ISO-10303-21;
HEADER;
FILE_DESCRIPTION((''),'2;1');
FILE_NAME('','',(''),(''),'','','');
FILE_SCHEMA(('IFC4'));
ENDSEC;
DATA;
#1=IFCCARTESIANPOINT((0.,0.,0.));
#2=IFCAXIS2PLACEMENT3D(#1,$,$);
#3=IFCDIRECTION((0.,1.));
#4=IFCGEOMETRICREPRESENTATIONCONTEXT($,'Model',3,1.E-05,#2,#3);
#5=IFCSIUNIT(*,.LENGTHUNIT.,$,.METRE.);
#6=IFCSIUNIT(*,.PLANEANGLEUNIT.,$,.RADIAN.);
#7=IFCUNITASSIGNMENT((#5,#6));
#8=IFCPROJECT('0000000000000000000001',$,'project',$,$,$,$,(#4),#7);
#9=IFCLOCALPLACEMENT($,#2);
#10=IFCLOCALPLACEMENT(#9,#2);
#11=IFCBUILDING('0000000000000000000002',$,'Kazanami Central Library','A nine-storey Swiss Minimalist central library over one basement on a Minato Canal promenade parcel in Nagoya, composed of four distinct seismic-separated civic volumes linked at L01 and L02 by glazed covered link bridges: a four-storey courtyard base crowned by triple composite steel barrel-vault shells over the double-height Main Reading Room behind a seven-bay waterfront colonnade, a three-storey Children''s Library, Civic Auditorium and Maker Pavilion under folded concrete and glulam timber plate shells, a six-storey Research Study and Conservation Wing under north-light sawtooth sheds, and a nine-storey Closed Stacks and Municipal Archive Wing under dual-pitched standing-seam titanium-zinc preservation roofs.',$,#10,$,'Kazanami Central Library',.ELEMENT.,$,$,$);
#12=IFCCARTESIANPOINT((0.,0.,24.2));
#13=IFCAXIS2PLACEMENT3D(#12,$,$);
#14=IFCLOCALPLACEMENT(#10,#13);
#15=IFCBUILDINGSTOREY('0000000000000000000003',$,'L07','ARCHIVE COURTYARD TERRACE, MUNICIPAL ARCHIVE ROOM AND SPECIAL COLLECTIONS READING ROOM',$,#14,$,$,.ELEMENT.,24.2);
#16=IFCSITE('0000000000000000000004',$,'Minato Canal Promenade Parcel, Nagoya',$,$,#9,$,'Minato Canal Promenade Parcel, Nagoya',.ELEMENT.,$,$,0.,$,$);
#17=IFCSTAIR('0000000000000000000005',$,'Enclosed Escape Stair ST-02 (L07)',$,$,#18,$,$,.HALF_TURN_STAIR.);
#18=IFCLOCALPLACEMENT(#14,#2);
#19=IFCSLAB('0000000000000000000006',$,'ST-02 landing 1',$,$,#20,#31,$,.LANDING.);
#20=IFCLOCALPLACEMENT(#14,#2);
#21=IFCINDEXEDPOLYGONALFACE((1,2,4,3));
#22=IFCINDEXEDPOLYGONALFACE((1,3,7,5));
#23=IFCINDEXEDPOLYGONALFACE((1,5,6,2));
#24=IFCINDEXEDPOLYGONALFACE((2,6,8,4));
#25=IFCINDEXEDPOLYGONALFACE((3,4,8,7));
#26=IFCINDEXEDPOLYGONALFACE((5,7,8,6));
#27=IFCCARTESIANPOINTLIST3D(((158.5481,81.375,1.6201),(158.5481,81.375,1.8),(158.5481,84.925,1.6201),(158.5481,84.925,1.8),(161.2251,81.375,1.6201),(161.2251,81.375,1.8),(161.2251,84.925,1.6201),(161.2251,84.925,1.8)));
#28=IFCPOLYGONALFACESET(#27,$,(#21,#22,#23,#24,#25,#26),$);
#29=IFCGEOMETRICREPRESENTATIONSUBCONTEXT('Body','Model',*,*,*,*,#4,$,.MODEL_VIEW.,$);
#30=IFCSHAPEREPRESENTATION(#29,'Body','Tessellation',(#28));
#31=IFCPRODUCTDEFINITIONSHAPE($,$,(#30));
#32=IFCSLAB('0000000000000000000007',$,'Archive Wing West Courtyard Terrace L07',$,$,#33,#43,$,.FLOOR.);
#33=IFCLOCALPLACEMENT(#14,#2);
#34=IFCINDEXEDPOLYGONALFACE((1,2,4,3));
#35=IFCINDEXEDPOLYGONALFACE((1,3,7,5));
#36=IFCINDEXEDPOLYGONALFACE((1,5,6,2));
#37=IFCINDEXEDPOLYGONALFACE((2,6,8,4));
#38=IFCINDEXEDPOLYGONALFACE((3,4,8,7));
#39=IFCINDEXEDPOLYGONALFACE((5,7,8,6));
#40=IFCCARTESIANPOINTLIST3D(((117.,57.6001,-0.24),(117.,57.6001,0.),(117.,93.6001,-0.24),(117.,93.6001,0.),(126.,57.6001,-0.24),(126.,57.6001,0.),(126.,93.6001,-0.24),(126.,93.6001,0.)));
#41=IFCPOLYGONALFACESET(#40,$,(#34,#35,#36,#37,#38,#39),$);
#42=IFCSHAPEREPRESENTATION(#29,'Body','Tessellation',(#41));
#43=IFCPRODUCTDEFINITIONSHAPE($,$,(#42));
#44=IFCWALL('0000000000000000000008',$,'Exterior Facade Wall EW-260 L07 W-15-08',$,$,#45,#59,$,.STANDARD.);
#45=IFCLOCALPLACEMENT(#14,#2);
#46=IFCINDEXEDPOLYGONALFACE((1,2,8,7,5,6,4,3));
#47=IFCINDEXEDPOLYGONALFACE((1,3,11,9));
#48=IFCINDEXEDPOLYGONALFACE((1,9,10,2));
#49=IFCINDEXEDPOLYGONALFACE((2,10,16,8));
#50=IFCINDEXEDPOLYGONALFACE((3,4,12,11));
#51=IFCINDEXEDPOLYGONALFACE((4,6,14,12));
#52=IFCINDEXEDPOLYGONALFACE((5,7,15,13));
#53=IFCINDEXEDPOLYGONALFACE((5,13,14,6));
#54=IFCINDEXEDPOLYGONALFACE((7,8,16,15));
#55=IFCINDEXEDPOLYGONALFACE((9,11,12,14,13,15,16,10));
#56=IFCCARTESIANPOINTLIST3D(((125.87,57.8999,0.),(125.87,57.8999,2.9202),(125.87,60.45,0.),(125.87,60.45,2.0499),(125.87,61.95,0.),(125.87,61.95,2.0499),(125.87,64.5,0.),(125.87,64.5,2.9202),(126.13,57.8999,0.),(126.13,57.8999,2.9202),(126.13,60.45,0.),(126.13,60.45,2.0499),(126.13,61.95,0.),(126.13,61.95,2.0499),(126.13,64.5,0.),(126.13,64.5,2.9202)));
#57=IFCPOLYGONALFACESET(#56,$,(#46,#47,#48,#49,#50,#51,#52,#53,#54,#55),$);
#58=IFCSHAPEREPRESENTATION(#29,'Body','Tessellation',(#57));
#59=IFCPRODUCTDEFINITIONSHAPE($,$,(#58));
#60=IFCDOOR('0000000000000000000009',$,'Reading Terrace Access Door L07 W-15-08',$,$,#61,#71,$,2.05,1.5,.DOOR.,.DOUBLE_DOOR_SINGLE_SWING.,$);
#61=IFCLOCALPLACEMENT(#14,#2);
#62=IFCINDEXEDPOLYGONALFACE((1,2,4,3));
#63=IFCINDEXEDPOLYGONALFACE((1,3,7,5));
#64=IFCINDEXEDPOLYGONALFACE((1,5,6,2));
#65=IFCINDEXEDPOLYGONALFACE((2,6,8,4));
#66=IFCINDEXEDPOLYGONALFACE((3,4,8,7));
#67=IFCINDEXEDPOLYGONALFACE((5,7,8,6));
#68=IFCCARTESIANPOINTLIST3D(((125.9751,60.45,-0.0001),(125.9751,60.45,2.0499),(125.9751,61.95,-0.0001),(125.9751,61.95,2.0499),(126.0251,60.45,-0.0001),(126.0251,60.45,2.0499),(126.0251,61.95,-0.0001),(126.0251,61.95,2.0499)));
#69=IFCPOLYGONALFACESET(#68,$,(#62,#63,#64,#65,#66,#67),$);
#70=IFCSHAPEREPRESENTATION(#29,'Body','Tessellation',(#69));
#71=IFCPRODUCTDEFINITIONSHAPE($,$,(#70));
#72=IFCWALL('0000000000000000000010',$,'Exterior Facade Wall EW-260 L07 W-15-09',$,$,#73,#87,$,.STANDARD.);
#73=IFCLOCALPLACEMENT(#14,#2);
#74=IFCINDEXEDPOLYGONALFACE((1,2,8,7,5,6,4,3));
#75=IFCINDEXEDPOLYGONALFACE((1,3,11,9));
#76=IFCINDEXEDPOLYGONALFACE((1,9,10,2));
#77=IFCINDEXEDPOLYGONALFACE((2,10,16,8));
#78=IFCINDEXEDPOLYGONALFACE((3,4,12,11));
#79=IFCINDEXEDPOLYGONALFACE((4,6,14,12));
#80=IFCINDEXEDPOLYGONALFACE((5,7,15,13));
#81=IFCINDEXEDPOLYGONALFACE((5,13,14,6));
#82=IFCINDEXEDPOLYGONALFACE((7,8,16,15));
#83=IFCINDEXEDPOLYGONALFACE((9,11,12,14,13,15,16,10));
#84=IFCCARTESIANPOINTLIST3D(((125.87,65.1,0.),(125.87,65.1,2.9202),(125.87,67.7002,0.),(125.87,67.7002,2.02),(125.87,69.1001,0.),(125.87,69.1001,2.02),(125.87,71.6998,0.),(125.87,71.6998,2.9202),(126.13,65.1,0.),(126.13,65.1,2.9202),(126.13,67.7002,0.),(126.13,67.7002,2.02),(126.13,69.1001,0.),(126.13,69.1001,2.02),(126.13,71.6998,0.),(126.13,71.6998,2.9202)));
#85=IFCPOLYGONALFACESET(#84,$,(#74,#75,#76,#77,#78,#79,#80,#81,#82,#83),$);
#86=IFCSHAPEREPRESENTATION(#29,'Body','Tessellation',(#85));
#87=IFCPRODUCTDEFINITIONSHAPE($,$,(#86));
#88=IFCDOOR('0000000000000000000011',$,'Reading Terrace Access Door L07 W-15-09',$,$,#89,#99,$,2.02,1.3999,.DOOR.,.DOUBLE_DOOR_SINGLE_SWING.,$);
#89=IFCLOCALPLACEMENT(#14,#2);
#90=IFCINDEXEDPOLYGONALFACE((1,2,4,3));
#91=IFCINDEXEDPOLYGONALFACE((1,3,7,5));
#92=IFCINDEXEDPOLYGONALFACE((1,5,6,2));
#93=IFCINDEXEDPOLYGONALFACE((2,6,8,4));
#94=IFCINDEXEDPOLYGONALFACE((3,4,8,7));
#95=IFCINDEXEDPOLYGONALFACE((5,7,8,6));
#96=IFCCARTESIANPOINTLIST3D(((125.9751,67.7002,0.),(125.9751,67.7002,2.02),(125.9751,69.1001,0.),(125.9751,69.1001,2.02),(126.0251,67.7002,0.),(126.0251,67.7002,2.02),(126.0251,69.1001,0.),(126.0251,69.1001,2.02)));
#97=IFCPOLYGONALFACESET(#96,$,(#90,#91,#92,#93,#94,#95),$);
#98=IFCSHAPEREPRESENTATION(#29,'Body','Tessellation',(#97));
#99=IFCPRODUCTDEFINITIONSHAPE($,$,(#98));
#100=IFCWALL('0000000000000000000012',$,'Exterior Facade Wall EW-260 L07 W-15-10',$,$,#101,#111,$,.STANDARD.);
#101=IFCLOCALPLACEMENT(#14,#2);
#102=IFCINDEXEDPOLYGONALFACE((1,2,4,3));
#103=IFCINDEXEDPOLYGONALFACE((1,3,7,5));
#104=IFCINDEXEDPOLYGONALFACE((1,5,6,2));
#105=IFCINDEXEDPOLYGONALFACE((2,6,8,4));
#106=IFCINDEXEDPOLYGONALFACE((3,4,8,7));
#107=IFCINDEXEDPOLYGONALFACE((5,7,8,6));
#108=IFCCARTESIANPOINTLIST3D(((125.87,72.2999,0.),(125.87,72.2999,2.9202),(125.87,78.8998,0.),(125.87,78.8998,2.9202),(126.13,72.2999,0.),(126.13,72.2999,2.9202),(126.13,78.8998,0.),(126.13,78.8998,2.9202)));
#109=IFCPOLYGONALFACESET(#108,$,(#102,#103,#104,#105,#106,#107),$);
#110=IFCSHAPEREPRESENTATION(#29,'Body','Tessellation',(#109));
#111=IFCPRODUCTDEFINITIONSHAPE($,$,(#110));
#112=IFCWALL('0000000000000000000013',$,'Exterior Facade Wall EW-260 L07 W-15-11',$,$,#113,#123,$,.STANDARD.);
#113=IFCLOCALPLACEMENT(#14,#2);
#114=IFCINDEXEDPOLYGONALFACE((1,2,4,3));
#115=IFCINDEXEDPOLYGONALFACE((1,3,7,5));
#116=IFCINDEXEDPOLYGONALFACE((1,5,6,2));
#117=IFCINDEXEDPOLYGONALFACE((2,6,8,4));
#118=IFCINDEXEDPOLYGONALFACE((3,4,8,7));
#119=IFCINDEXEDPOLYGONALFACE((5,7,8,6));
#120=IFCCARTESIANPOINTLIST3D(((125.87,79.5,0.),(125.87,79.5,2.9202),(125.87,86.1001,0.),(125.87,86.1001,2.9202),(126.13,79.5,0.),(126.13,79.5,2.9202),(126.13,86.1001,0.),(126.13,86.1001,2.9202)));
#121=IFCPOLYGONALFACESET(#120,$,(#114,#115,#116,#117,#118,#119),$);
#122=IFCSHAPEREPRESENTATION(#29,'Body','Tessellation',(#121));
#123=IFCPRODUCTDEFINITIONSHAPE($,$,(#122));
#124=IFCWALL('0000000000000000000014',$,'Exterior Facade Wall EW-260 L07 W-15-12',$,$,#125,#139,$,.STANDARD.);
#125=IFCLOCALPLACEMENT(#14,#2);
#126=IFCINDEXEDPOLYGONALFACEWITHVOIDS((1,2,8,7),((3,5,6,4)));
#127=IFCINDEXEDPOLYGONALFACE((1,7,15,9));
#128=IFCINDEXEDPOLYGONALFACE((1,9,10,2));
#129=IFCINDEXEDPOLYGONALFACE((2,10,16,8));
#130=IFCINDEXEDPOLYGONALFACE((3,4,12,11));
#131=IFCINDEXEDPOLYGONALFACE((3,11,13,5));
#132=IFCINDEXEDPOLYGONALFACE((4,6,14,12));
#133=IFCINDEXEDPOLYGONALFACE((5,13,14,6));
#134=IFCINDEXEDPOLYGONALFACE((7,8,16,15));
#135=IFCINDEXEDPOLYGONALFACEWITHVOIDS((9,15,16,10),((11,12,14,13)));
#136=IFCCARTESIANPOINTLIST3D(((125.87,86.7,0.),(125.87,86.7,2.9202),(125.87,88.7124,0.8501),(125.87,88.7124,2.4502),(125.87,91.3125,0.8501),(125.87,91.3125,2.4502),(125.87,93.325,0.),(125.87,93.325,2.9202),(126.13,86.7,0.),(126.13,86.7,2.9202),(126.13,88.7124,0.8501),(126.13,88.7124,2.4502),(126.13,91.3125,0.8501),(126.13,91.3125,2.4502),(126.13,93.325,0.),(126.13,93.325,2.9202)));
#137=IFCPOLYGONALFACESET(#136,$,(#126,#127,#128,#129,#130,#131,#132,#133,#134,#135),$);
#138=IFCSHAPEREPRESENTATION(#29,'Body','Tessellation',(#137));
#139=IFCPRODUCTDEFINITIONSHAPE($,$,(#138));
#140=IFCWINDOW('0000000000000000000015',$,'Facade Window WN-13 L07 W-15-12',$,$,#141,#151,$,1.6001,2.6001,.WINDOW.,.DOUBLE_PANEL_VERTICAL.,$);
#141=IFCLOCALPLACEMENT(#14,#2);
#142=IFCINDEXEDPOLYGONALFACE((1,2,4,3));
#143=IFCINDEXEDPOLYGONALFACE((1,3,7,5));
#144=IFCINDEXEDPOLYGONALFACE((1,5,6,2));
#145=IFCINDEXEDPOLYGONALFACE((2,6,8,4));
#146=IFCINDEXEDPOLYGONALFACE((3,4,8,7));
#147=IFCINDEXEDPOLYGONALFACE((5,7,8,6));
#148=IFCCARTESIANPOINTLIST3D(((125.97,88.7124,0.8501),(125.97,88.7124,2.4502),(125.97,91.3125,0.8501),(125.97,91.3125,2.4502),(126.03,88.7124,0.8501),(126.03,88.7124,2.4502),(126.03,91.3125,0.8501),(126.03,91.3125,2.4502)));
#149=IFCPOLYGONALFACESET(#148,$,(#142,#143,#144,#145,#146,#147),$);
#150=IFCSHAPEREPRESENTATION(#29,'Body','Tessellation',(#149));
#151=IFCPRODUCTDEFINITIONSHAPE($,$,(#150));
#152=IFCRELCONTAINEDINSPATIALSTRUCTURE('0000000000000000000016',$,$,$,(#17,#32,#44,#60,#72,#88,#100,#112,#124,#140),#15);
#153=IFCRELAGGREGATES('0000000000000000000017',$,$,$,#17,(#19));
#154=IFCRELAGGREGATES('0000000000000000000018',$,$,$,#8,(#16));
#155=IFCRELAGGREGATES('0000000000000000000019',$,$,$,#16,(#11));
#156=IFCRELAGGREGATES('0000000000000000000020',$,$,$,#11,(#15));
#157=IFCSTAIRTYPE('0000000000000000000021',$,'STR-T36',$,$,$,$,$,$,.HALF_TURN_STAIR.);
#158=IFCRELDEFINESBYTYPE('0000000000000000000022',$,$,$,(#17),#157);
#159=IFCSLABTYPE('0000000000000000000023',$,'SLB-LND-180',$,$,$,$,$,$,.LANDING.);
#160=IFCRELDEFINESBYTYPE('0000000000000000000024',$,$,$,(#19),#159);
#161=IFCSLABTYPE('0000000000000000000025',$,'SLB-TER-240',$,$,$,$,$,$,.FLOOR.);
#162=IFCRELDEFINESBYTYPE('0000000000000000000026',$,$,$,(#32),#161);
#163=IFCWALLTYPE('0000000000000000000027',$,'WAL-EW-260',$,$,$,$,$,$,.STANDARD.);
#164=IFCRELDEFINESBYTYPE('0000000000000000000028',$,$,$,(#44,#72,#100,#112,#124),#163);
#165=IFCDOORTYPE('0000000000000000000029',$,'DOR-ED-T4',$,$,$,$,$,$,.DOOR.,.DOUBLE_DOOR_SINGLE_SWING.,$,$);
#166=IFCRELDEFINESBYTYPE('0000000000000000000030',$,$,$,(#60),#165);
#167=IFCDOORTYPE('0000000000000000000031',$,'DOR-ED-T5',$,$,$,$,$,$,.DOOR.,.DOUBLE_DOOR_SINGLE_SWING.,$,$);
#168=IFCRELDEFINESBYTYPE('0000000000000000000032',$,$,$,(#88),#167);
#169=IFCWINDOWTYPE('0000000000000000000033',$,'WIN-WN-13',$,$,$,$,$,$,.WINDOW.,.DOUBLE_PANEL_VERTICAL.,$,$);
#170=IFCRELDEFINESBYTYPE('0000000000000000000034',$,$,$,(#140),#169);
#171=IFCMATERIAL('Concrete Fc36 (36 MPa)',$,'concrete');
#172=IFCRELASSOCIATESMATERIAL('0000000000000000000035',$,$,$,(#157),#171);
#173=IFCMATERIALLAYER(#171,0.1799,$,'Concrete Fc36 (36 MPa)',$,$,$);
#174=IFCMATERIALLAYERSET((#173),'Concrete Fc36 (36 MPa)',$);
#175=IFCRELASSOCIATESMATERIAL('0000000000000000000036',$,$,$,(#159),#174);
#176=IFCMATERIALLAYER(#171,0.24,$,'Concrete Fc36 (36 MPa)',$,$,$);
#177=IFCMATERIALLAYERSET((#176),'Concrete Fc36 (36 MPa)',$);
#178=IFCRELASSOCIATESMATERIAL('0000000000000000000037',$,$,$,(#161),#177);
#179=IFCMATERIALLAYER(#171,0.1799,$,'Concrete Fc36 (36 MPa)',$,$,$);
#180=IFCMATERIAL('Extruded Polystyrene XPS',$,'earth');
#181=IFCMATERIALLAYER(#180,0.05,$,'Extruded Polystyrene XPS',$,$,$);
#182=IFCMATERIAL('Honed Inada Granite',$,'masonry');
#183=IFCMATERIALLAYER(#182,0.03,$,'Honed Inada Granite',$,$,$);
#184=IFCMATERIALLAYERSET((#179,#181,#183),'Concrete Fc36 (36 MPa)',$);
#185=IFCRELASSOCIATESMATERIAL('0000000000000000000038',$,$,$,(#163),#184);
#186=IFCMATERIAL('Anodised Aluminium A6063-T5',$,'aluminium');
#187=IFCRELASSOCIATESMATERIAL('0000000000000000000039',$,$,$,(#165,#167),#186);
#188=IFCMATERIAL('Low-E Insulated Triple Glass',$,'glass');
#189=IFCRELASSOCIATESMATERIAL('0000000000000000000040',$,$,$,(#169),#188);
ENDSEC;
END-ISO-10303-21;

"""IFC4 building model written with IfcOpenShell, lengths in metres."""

from ifc_helpers import new_model, si_unit, direction, frame, frame_2d, origin, place, context, subcontext, project, spatial, polyline, rectangle, outline, extrude, material, layer, layer_set, type_object, element, fill, aggregate, save


model = new_model("IFC4")

# Units and contexts
model_context = context("Model", 3, precision=1e-05, world=origin(), true_north=direction((0.0, 1.0)))
body_context = subcontext(model_context, "Body", "Model", "MODEL_VIEW")
ifc_project = project(units=[si_unit("LENGTHUNIT", "METRE"), si_unit("PLANEANGLEUNIT", "RADIAN")], contexts=[model_context])

# Site, building, storey
site_placement = place(None, origin())
site = spatial("IfcSite", under=ifc_project, at=site_placement, Name="Minato Canal Promenade Parcel, Nagoya", LongName="Minato Canal Promenade Parcel, Nagoya", CompositionType="ELEMENT", RefElevation=0.0)
building_placement = place(site_placement, origin())
building = spatial("IfcBuilding", under=site, at=building_placement, Name="Kazanami Central Library", Description="A nine-storey Swiss Minimalist central library over one basement on a Minato Canal promenade parcel in Nagoya, composed of four distinct seismic-separated civic volumes linked at L01 and L02 by glazed covered link bridges: a four-storey courtyard base crowned by triple composite steel barrel-vault shells over the double-height Main Reading Room behind a seven-bay waterfront colonnade, a three-storey Children's Library, Civic Auditorium and Maker Pavilion under folded concrete and glulam timber plate shells, a six-storey Research Study and Conservation Wing under north-light sawtooth sheds, and a nine-storey Closed Stacks and Municipal Archive Wing under dual-pitched standing-seam titanium-zinc preservation roofs.", LongName="Kazanami Central Library", CompositionType="ELEMENT")
storey_placement = place(building_placement, frame((0.0, 0.0, 24.2)))
storey = spatial("IfcBuildingStorey", under=building, at=storey_placement, Name="L07", Description="ARCHIVE COURTYARD TERRACE, MUNICIPAL ARCHIVE ROOM AND SPECIAL COLLECTIONS READING ROOM", CompositionType="ELEMENT", Elevation=24.2)

# Shared definitions
ifc_material_1 = material(Name="Concrete Fc36 (36 MPa)", Category="concrete")

# Stair, slab
stair_type = type_object("IfcStairType", Name="STR-T36", PredefinedType="HALF_TURN_STAIR", material=ifc_material_1)
ifc_layer_1 = layer(ifc_material_1, 0.1799, Name="Concrete Fc36 (36 MPa)")
ifc_layer_set_1 = layer_set([ifc_layer_1], Name="Concrete Fc36 (36 MPa)")
slab_type_1 = type_object("IfcSlabType", Name="SLB-LND-180", PredefinedType="LANDING", material=ifc_layer_set_1)
stair_1_placement = place(storey_placement, origin())
stair_1 = element("IfcStair", 1, at=stair_1_placement, inside=storey, type_object=stair_type, Name="Enclosed Escape Stair ST-02 (L07)", PredefinedType="HALF_TURN_STAIR")
slab_1_placement = place(storey_placement, frame((0.0, 0.0, 1.6201)))
slab_1 = element("IfcSlab", 2, at=slab_1_placement, type_object=slab_type_1, Name="ST-02 landing 1", PredefinedType="LANDING", context=body_context, shape_type="SweptSolid", body=[
    extrude(outline(polyline([(158.5481, 81.375), (161.2251, 81.375), (161.2251, 84.925), (158.5481, 84.925), (158.5481, 81.375)])), origin(), (0.0, 0.0, 1.0), 0.1799),
])
aggregate(stair_1, [slab_1])

# Slab
ifc_layer_2 = layer(ifc_material_1, 0.24, Name="Concrete Fc36 (36 MPa)")
ifc_layer_set_2 = layer_set([ifc_layer_2], Name="Concrete Fc36 (36 MPa)")
slab_type_2 = type_object("IfcSlabType", Name="SLB-TER-240", PredefinedType="FLOOR", material=ifc_layer_set_2)
slab_2_placement = place(storey_placement, frame((0.0, 0.0, -0.24)))
element("IfcSlab", 3, at=slab_2_placement, inside=storey, type_object=slab_type_2, Name="Archive Wing West Courtyard Terrace L07", PredefinedType="FLOOR", context=body_context, shape_type="SweptSolid", body=[
    extrude(outline(polyline([(117.0, 57.6001), (126.0, 57.6001), (126.0, 93.6001), (117.0, 93.6001), (117.0, 57.6001)])), origin(), (0.0, 0.0, 1.0), 0.24),
])

# Walls, openings, doors
ifc_layer_3 = layer(ifc_material_1, 0.1799, Name="Concrete Fc36 (36 MPa)")
ifc_material_2 = material(Name="Extruded Polystyrene XPS", Category="earth")
ifc_layer_4 = layer(ifc_material_2, 0.05, Name="Extruded Polystyrene XPS")
ifc_material_3 = material(Name="Honed Inada Granite", Category="masonry")
ifc_layer_5 = layer(ifc_material_3, 0.03, Name="Honed Inada Granite")
ifc_layer_set_3 = layer_set([ifc_layer_3, ifc_layer_4, ifc_layer_5], Name="Concrete Fc36 (36 MPa)")
wall_type = type_object("IfcWallType", Name="WAL-EW-260", PredefinedType="STANDARD", material=ifc_layer_set_3)
wall_1_placement = place(storey_placement, frame((126.0, 57.8999, 0.0), z_axis=(0.0, 0.0, 1.0), x_axis=(0.0, 1.0, 0.0)))
wall_1 = element("IfcWall", 4, at=wall_1_placement, inside=storey, type_object=wall_type, Name="Exterior Facade Wall EW-260 L07 W-15-08", PredefinedType="STANDARD", context=body_context, shape_type="SweptSolid", body=[
    extrude(rectangle(XDim=6.6001, YDim=0.26, at=frame_2d((3.3, 0.0))), origin(), (0.0, 0.0, 1.0), 2.9202),
])
opening_1_placement = place(wall_1_placement, frame((2.55, 0.0, 0.0)))
opening_1 = element("IfcOpeningElement", 5, at=opening_1_placement, cuts=wall_1, PredefinedType="OPENING", context=body_context, shape_type="SweptSolid", body=[
    extrude(rectangle(XDim=1.5, YDim=2.05, at=frame_2d((0.75, 1.0249))), frame((0.0, 0.1421, 0.0), z_axis=(0.0, -1.0, 0.0), x_axis=(1.0, 0.0, 0.0)), (0.0, 0.0, 1.0), 0.2839),
])
ifc_material_4 = material(Name="Anodised Aluminium A6063-T5", Category="aluminium")
door_type_1 = type_object("IfcDoorType", Name="DOR-ED-T4", OperationType="DOUBLE_DOOR_SINGLE_SWING", PredefinedType="DOOR", material=ifc_material_4)
door_1_placement = place(opening_1_placement, origin())
door_1 = element("IfcDoor", 6, at=door_1_placement, inside=storey, type_object=door_type_1, Name="Reading Terrace Access Door L07 W-15-08", OperationType="DOUBLE_DOOR_SINGLE_SWING", OverallHeight=2.05, OverallWidth=1.5, PredefinedType="DOOR", context=body_context, shape_type="SweptSolid", body=[
    extrude(rectangle(XDim=1.5, YDim=2.05, at=frame_2d((0.75, 1.0249))), frame((0.0, 0.0249, 0.0), z_axis=(0.0, -1.0, 0.0), x_axis=(1.0, 0.0, 0.0)), (0.0, 0.0, 1.0), 0.05),
])
fill(opening_1, door_1)
wall_2_placement = place(storey_placement, frame((126.0, 65.1001, 0.0), z_axis=(0.0, 0.0, 1.0), x_axis=(0.0, 1.0, 0.0)))
wall_2 = element("IfcWall", 7, at=wall_2_placement, inside=storey, type_object=wall_type, Name="Exterior Facade Wall EW-260 L07 W-15-09", PredefinedType="STANDARD", context=body_context, shape_type="SweptSolid", body=[
    extrude(rectangle(XDim=6.5999, YDim=0.26, at=frame_2d((3.2998, 0.0))), origin(), (0.0, 0.0, 1.0), 2.9202),
])
opening_2_placement = place(wall_2_placement, frame((2.6001, 0.0, 0.0)))
opening_2 = element("IfcOpeningElement", 8, at=opening_2_placement, cuts=wall_2, PredefinedType="OPENING", context=body_context, shape_type="SweptSolid", body=[
    extrude(rectangle(XDim=1.3999, YDim=2.02, at=frame_2d((0.7, 1.01))), frame((0.0, 0.1421, 0.0), z_axis=(0.0, -1.0, 0.0), x_axis=(1.0, 0.0, 0.0)), (0.0, 0.0, 1.0), 0.2839),
])
door_type_2 = type_object("IfcDoorType", Name="DOR-ED-T5", OperationType="DOUBLE_DOOR_SINGLE_SWING", PredefinedType="DOOR", material=ifc_material_4)
door_2_placement = place(opening_2_placement, origin())
door_2 = element("IfcDoor", 9, at=door_2_placement, inside=storey, type_object=door_type_2, Name="Reading Terrace Access Door L07 W-15-09", OperationType="DOUBLE_DOOR_SINGLE_SWING", OverallHeight=2.02, OverallWidth=1.3999, PredefinedType="DOOR", context=body_context, shape_type="SweptSolid", body=[
    extrude(rectangle(XDim=1.3999, YDim=2.02, at=frame_2d((0.7, 1.01))), frame((0.0, 0.0249, 0.0), z_axis=(0.0, -1.0, 0.0), x_axis=(1.0, 0.0, 0.0)), (0.0, 0.0, 1.0), 0.05),
])
fill(opening_2, door_2)

# Walls
wall_3_placement = place(storey_placement, frame((126.0, 72.3, 0.0), z_axis=(0.0, 0.0, 1.0), x_axis=(0.0, 1.0, 0.0)))
element("IfcWall", 10, at=wall_3_placement, inside=storey, type_object=wall_type, Name="Exterior Facade Wall EW-260 L07 W-15-10", PredefinedType="STANDARD", context=body_context, shape_type="SweptSolid", body=[
    extrude(rectangle(XDim=6.5999, YDim=0.26, at=frame_2d((3.2998, 0.0))), origin(), (0.0, 0.0, 1.0), 2.9202),
])
wall_4_placement = place(storey_placement, frame((126.0, 79.5, 0.0), z_axis=(0.0, 0.0, 1.0), x_axis=(0.0, 1.0, 0.0)))
element("IfcWall", 11, at=wall_4_placement, inside=storey, type_object=wall_type, Name="Exterior Facade Wall EW-260 L07 W-15-11", PredefinedType="STANDARD", context=body_context, shape_type="SweptSolid", body=[
    extrude(rectangle(XDim=6.6001, YDim=0.26, at=frame_2d((3.3, 0.0))), origin(), (0.0, 0.0, 1.0), 2.9202),
])

# Wall, opening, window
wall_5_placement = place(storey_placement, frame((126.0, 86.7, 0.0), z_axis=(0.0, 0.0, 1.0), x_axis=(0.0, 1.0, 0.0)))
wall_5 = element("IfcWall", 12, at=wall_5_placement, inside=storey, type_object=wall_type, Name="Exterior Facade Wall EW-260 L07 W-15-12", PredefinedType="STANDARD", context=body_context, shape_type="SweptSolid", body=[
    extrude(rectangle(XDim=6.625, YDim=0.26, at=frame_2d((3.3125, 0.0))), origin(), (0.0, 0.0, 1.0), 2.9202),
])
opening_3_placement = place(wall_5_placement, frame((2.0125, 0.0, 0.8501)))
opening_3 = element("IfcOpeningElement", 13, at=opening_3_placement, cuts=wall_5, PredefinedType="OPENING", context=body_context, shape_type="SweptSolid", body=[
    extrude(rectangle(XDim=2.6001, YDim=1.6001, at=frame_2d((1.3, 0.8))), frame((0.0, 0.1421, 0.0), z_axis=(0.0, -1.0, 0.0), x_axis=(1.0, 0.0, 0.0)), (0.0, 0.0, 1.0), 0.2839),
])
ifc_material_5 = material(Name="Low-E Insulated Triple Glass", Category="glass")
window_type = type_object("IfcWindowType", Name="WIN-WN-13", PartitioningType="DOUBLE_PANEL_VERTICAL", PredefinedType="WINDOW", material=ifc_material_5)
window_placement = place(opening_3_placement, origin())
window = element("IfcWindow", 14, at=window_placement, inside=storey, type_object=window_type, Name="Facade Window WN-13 L07 W-15-12", OverallHeight=1.6001, OverallWidth=2.6001, PartitioningType="DOUBLE_PANEL_VERTICAL", PredefinedType="WINDOW", context=body_context, shape_type="SweptSolid", body=[
    extrude(rectangle(XDim=2.6001, YDim=1.6001, at=frame_2d((1.3, 0.8))), frame((0.0, 0.03, 0.0), z_axis=(0.0, -1.0, 0.0), x_axis=(1.0, 0.0, 0.0)), (0.0, 0.0, 1.0), 0.0601),
])
fill(opening_3, window)

save(model, "model.ifc")
